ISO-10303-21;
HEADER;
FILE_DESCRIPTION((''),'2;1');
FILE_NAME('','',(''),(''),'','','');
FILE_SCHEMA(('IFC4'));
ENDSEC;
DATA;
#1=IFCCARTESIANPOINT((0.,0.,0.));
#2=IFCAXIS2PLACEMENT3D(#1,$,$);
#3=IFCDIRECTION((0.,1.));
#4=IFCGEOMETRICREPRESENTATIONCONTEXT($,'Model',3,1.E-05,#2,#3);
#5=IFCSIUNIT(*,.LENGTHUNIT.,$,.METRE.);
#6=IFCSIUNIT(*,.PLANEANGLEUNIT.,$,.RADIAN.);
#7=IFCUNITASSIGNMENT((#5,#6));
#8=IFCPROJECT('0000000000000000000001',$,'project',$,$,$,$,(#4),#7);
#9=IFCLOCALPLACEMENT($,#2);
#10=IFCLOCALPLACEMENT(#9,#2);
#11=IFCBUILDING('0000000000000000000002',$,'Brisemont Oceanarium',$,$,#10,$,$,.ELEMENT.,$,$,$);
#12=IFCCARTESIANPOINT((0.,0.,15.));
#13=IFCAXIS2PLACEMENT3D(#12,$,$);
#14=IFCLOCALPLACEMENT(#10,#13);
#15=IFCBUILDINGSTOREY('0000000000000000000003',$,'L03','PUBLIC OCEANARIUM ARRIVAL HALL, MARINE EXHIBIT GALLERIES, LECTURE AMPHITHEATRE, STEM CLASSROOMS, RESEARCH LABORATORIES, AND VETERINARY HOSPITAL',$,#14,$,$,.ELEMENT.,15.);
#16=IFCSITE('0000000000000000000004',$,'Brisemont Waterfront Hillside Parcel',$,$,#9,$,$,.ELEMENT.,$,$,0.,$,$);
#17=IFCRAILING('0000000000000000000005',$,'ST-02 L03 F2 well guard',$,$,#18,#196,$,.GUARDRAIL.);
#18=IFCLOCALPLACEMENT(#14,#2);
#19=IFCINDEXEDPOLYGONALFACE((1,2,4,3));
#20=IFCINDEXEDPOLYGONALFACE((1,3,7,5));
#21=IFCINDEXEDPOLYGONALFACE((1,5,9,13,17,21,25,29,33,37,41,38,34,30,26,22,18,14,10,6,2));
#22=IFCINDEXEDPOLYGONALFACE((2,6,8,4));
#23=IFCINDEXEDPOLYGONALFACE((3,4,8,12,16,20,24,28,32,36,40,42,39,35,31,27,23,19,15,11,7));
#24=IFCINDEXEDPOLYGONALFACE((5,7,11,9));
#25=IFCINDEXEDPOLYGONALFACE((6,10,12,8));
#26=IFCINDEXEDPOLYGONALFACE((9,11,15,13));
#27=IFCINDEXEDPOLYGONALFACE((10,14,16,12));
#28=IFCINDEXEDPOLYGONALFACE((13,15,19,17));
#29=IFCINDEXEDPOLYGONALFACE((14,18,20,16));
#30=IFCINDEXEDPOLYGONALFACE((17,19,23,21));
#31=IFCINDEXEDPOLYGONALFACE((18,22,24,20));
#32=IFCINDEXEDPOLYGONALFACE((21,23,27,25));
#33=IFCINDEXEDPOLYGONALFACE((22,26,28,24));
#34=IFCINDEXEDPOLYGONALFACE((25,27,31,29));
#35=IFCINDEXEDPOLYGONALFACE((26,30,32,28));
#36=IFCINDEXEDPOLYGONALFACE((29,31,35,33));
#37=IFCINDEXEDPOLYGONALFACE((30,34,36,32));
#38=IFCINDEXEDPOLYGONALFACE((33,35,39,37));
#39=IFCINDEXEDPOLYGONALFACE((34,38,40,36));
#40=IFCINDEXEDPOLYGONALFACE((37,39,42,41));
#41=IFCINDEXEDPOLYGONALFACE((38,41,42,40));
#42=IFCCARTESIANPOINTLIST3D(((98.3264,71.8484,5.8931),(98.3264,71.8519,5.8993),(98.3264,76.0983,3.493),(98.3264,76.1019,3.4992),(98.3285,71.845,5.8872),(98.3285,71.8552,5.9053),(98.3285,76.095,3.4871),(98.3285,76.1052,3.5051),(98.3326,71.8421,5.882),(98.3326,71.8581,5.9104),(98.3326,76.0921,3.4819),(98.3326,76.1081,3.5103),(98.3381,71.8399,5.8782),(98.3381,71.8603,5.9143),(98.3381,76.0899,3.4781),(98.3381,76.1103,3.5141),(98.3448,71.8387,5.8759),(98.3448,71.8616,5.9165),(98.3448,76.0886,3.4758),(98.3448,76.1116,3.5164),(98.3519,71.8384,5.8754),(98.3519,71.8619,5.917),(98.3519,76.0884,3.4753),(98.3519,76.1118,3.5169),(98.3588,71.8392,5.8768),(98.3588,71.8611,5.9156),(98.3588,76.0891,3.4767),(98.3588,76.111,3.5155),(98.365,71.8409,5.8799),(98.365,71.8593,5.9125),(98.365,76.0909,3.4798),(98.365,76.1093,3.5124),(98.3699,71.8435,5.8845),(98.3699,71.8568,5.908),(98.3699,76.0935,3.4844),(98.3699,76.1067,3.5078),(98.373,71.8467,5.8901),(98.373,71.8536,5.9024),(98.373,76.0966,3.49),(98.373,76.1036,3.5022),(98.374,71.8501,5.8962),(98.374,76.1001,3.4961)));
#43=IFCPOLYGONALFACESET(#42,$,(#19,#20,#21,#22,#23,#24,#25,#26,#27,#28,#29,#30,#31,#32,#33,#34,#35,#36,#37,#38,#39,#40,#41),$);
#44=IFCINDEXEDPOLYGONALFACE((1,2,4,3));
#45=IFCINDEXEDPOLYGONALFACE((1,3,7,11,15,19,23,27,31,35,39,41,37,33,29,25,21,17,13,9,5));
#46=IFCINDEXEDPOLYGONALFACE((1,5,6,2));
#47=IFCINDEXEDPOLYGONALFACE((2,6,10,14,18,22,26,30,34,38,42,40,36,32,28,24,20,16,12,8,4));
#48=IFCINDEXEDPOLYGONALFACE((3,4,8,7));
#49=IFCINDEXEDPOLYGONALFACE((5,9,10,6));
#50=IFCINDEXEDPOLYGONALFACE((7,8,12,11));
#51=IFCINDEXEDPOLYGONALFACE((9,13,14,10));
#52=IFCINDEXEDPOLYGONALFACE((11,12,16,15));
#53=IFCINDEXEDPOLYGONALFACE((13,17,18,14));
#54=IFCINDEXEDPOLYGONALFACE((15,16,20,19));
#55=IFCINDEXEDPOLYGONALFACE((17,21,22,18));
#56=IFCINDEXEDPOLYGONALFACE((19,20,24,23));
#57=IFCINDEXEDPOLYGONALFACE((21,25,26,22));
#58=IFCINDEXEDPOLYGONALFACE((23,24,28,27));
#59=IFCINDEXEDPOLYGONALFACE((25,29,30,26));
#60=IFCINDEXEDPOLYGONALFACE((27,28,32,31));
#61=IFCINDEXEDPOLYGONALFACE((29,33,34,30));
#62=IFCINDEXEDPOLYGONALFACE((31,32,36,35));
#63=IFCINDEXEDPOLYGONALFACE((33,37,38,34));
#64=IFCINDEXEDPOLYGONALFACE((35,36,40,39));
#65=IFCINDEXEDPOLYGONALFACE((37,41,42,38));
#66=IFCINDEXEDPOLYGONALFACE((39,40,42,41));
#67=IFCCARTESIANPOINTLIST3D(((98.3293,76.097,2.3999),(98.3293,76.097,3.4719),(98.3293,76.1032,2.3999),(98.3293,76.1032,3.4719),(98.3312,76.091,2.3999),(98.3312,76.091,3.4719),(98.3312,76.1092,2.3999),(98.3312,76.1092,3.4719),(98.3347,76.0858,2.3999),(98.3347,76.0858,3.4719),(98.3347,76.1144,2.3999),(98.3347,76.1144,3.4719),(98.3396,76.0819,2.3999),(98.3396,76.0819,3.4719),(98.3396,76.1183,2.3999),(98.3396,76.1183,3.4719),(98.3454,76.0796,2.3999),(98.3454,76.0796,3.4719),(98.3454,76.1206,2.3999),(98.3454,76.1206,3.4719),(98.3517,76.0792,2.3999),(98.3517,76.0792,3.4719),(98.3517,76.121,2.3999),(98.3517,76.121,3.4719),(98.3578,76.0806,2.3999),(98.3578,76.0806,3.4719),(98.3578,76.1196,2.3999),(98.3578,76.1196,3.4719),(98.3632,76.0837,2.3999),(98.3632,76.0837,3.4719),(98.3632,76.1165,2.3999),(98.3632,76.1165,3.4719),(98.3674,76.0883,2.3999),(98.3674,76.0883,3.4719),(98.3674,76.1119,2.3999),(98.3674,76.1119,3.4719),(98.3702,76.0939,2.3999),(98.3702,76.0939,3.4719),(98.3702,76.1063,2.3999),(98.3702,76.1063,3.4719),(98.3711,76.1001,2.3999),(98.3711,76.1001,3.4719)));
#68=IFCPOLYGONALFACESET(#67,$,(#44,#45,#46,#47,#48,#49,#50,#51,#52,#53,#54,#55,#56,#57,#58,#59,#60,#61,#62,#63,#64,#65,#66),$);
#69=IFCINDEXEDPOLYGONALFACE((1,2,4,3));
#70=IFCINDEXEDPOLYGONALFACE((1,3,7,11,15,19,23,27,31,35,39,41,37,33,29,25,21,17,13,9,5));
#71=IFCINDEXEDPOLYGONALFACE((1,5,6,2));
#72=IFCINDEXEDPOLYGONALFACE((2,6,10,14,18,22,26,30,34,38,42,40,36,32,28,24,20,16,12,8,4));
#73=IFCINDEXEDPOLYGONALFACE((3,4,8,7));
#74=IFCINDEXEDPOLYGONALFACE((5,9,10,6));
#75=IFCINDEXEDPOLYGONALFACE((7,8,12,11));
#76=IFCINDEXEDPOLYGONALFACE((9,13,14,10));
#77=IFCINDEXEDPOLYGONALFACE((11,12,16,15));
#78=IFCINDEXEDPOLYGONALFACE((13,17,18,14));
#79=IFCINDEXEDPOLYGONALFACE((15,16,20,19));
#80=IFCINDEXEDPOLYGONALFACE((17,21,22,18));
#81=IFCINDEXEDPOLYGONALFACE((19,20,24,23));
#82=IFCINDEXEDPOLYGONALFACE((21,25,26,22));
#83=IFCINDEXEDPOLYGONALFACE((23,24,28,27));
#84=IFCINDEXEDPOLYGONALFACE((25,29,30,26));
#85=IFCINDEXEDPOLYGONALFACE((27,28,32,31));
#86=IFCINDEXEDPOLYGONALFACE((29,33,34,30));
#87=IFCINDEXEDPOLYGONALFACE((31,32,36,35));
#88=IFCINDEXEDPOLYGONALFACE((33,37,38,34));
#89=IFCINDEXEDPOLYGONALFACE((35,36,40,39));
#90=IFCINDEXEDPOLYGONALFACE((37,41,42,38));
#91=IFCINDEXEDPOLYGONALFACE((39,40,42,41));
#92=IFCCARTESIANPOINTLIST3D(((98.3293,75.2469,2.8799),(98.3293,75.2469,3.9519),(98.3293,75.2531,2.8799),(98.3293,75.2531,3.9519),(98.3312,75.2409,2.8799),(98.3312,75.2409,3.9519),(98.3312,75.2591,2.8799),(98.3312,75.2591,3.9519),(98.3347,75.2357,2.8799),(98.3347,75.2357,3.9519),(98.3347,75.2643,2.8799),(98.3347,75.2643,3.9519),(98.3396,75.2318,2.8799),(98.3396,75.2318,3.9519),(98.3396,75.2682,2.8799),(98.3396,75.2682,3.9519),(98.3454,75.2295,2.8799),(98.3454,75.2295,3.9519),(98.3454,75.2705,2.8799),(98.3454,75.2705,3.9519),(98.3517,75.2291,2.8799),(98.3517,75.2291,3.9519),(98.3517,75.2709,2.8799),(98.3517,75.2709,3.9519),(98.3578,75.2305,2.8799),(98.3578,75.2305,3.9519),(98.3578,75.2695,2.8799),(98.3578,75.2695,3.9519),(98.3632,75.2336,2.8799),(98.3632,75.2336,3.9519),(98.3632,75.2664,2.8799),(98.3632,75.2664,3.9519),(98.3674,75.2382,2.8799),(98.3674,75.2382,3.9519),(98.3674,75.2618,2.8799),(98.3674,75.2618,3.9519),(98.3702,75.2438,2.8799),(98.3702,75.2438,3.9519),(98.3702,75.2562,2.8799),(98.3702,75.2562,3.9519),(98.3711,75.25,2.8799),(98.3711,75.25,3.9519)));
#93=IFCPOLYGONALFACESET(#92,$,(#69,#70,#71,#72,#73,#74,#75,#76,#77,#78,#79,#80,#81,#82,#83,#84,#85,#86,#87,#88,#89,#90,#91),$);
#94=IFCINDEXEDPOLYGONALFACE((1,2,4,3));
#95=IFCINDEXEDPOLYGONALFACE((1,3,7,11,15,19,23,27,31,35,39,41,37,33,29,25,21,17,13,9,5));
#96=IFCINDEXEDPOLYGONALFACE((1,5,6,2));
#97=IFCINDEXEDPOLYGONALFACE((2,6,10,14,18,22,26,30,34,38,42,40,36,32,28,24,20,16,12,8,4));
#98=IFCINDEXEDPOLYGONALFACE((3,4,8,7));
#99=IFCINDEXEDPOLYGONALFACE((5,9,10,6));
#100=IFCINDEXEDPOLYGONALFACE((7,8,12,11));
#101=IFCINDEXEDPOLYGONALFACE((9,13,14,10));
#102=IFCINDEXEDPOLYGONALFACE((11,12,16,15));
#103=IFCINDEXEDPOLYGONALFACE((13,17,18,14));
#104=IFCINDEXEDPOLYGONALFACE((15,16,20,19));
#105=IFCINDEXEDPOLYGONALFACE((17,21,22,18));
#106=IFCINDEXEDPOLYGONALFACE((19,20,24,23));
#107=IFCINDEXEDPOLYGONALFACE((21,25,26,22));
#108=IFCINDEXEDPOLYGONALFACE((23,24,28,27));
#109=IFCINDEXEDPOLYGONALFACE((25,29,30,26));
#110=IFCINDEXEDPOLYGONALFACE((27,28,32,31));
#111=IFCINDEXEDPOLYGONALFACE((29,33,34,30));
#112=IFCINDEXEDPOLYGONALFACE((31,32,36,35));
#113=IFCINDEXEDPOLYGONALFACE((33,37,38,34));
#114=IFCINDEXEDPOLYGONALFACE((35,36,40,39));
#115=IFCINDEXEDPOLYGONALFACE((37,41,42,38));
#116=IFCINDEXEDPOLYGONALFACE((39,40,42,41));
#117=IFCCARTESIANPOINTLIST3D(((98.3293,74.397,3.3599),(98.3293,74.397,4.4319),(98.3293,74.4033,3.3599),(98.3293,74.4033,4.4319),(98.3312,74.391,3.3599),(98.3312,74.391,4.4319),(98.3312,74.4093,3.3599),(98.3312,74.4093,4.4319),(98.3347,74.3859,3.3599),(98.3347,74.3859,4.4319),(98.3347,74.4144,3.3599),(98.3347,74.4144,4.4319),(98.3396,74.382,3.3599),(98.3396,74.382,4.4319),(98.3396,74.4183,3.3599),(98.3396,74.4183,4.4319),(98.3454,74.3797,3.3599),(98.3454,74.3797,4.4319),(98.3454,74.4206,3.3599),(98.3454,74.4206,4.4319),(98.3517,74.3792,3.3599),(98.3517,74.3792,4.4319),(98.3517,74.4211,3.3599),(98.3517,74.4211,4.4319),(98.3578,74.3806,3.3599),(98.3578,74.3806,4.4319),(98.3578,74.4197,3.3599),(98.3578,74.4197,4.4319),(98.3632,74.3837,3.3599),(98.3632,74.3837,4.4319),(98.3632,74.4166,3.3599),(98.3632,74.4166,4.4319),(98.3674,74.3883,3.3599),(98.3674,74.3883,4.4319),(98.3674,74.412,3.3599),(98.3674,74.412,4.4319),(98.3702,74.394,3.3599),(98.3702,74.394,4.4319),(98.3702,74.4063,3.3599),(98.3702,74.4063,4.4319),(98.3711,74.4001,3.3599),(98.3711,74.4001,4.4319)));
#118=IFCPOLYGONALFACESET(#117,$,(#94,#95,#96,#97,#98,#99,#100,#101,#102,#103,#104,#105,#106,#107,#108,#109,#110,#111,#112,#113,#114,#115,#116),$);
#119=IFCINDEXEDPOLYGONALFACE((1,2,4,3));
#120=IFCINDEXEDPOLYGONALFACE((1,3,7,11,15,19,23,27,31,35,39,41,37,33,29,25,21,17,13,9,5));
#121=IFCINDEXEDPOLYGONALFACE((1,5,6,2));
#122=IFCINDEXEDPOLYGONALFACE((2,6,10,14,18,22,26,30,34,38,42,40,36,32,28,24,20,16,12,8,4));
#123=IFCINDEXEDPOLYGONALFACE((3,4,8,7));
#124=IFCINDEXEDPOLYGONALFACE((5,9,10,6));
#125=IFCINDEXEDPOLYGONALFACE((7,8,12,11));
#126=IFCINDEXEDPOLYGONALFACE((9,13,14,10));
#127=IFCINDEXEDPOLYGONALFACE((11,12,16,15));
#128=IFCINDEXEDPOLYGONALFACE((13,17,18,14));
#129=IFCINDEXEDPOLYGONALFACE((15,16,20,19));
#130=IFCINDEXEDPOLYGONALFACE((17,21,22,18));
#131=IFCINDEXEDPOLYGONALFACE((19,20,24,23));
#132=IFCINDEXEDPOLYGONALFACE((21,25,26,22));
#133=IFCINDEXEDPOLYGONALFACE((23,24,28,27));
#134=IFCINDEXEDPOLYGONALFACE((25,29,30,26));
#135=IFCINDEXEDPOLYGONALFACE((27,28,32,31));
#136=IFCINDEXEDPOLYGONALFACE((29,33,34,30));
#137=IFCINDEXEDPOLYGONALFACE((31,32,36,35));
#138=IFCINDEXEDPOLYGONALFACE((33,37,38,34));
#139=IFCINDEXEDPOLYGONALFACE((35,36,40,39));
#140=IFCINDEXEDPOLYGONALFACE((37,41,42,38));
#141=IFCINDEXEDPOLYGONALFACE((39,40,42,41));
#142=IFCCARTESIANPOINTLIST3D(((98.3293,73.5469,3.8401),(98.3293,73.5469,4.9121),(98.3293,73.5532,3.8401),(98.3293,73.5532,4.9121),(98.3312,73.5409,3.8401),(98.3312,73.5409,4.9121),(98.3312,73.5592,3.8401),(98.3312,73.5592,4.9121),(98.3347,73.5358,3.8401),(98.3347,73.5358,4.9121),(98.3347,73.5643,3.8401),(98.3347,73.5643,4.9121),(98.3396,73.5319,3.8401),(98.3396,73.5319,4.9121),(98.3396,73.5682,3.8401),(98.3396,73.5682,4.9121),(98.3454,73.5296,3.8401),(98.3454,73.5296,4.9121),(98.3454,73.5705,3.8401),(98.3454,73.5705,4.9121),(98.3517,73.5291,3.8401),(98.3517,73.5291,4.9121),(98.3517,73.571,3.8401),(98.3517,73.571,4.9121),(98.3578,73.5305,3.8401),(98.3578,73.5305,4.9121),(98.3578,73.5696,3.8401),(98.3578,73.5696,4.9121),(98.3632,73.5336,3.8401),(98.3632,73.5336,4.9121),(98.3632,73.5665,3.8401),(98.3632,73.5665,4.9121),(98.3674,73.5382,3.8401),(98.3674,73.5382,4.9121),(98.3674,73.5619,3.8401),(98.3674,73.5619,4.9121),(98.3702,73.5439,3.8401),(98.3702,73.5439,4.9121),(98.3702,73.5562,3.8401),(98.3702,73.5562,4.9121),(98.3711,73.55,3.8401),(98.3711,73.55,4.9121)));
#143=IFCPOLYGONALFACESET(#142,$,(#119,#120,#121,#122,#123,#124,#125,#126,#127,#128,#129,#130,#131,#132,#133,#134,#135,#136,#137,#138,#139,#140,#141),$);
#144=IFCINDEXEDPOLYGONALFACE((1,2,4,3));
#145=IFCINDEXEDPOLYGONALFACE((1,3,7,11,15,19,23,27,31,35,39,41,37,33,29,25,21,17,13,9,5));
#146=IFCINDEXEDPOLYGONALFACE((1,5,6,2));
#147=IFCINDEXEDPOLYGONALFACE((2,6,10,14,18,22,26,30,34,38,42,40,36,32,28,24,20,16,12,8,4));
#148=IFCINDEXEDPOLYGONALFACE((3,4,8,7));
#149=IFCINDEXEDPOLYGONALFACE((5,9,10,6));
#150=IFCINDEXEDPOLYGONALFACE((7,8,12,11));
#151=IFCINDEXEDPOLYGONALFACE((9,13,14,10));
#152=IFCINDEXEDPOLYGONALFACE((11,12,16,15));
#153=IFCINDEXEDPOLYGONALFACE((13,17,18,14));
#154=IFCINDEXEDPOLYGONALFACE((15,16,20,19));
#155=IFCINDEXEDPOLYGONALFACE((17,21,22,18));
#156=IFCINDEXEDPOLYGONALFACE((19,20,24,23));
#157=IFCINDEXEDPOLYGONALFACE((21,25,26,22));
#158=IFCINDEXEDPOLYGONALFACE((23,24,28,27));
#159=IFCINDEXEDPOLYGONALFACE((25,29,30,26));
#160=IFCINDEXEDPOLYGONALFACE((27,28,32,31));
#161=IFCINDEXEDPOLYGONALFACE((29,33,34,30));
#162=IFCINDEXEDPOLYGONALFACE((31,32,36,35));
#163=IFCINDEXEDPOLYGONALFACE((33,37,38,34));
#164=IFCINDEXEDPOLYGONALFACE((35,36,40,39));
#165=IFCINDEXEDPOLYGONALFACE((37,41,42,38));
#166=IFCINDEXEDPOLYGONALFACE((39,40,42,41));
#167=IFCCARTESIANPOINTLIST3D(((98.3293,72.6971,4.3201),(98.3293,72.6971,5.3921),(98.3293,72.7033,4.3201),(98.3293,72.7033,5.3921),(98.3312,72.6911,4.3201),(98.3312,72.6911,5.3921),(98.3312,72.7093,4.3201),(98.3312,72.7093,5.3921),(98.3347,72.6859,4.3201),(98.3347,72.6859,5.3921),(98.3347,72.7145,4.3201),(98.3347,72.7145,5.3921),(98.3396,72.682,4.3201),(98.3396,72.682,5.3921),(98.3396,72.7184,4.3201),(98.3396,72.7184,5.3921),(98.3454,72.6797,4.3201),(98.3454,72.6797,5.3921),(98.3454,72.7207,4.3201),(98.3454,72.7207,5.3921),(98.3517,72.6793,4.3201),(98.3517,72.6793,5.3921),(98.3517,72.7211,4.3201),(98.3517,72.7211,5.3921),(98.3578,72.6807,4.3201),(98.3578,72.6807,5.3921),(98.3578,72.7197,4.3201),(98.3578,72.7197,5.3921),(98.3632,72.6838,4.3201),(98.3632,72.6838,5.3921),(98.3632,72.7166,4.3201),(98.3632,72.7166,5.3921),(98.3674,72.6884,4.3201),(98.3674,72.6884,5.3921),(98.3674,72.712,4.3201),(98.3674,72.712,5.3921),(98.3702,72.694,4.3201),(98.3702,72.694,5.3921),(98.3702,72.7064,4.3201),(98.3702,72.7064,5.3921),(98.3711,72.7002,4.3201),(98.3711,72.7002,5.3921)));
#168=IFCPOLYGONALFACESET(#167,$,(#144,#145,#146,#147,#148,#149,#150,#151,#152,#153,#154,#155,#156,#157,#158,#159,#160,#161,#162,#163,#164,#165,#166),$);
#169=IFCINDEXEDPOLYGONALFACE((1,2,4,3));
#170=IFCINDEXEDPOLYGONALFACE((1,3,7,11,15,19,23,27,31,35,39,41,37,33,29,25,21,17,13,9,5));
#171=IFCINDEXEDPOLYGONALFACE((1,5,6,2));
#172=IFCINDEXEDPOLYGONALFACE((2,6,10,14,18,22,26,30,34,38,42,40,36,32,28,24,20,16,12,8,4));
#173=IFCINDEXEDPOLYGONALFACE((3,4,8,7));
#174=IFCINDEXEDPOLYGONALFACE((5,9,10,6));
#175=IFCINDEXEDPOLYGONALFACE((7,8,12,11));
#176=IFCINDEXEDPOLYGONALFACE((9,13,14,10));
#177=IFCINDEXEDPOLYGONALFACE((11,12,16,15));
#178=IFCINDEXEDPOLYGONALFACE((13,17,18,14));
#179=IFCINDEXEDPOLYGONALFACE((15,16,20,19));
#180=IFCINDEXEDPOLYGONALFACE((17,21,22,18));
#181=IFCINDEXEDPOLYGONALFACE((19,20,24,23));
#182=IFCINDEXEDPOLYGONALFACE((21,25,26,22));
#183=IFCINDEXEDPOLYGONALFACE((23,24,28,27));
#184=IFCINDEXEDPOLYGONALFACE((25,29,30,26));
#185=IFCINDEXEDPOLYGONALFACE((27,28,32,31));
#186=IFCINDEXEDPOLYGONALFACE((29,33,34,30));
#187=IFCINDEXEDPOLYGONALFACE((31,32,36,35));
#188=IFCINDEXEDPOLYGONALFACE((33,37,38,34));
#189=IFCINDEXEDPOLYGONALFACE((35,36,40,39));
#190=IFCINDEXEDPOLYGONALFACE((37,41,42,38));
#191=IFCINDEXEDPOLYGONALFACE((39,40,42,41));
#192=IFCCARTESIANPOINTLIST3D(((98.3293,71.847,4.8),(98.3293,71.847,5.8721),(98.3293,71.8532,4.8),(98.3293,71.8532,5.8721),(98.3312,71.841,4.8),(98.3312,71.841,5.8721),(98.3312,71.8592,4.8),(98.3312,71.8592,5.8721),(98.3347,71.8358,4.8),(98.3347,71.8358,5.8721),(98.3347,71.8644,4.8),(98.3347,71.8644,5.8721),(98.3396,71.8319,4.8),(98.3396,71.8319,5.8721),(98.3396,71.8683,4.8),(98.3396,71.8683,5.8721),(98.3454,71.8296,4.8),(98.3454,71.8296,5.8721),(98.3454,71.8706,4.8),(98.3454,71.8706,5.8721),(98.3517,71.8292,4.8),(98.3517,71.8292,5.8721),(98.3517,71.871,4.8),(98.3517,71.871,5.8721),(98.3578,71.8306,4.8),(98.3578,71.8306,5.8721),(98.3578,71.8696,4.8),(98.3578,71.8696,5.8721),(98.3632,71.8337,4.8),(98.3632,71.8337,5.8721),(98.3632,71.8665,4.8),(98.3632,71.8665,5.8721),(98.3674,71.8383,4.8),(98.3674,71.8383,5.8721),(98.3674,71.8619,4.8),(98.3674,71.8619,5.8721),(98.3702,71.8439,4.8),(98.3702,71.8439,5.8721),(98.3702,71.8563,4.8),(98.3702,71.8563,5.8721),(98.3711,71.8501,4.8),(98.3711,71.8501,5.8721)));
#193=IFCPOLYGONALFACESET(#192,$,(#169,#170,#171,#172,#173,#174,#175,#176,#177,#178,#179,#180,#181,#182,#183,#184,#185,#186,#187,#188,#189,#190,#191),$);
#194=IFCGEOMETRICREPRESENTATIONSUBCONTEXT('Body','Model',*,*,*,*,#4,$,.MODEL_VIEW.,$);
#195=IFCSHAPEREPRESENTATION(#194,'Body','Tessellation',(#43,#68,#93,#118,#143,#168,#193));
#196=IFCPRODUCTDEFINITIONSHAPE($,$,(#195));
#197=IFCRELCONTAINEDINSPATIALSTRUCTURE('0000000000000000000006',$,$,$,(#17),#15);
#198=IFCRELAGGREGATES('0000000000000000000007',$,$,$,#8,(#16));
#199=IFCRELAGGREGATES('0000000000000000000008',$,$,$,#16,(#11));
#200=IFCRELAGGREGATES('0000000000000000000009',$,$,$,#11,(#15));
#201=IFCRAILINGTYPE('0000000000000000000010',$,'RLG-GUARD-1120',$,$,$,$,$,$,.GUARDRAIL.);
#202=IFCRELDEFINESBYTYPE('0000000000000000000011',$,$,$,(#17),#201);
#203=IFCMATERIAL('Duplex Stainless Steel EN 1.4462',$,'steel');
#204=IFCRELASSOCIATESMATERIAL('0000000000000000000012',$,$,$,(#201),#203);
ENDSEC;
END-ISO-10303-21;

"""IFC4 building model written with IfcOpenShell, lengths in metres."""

from ifc_helpers import new_model, si_unit, direction, frame, origin, origin_2d, place, context, subcontext, project, spatial, circle, extrude, material, type_object, element, save


model = new_model("IFC4")

# Units and contexts
model_context = context("Model", 3, precision=1e-05, world=origin(), true_north=direction((0.0, 1.0)))
body_context = subcontext(model_context, "Body", "Model", "MODEL_VIEW")
ifc_project = project(units=[si_unit("LENGTHUNIT", "METRE"), si_unit("PLANEANGLEUNIT", "RADIAN")], contexts=[model_context])

# Site, building, storey
site_placement = place(None, origin())
site = spatial("IfcSite", under=ifc_project, at=site_placement, Name="Brisemont Waterfront Hillside Parcel", CompositionType="ELEMENT", RefElevation=0.0)
building_placement = place(site_placement, origin())
building = spatial("IfcBuilding", under=site, at=building_placement, Name="Brisemont Oceanarium", CompositionType="ELEMENT")
storey_placement = place(building_placement, frame((0.0, 0.0, 15.0)))
storey = spatial("IfcBuildingStorey", under=building, at=storey_placement, Name="L03", Description="PUBLIC OCEANARIUM ARRIVAL HALL, MARINE EXHIBIT GALLERIES, LECTURE AMPHITHEATRE, STEM CLASSROOMS, RESEARCH LABORATORIES, AND VETERINARY HOSPITAL", CompositionType="ELEMENT", Elevation=15.0)

# Railing
ifc_material_1 = material(Name="Duplex Stainless Steel EN 1.4462", Category="steel")
railing_type_1 = type_object("IfcRailingType", Name="RLG-GUARD-1120", PredefinedType="GUARDRAIL", material=ifc_material_1)
railing_1_placement = place(storey_placement, frame((98.3501, 76.1001, 2.3999)))
element("IfcRailing", 1, at=railing_1_placement, inside=storey, type_object=railing_type_1, Name="ST-02 L03 F2 well guard", PredefinedType="GUARDRAIL", context=body_context, shape_type="SweptSolid", body=[
    extrude(circle(Radius=0.0239, at=origin_2d()), frame((0.0, 0.0, 1.0962), z_axis=(0.0, -0.870741, 0.491742), x_axis=(1.0, 0.0, 0.0)), (0.0, 0.0, 1.0), 4.8809),
    extrude(circle(Radius=0.021, at=origin_2d()), origin(), (0.0, 0.0, 1.0), 1.072),
    extrude(circle(Radius=0.021, at=origin_2d()), frame((0.0, -0.8501, 0.48)), (0.0, 0.0, 1.0), 1.072),
    extrude(circle(Radius=0.021, at=origin_2d()), frame((0.0, -1.7, 0.96)), (0.0, 0.0, 1.0), 1.072),
    extrude(circle(Radius=0.021, at=origin_2d()), frame((0.0, -2.55, 1.4402)), (0.0, 0.0, 1.0), 1.072),
    extrude(circle(Radius=0.021, at=origin_2d()), frame((0.0, -3.3999, 1.9202)), (0.0, 0.0, 1.0), 1.072),
    extrude(circle(Radius=0.021, at=origin_2d()), frame((0.0, -4.25, 2.4001)), (0.0, 0.0, 1.0), 1.072),
])

save(model, "model.ifc")
